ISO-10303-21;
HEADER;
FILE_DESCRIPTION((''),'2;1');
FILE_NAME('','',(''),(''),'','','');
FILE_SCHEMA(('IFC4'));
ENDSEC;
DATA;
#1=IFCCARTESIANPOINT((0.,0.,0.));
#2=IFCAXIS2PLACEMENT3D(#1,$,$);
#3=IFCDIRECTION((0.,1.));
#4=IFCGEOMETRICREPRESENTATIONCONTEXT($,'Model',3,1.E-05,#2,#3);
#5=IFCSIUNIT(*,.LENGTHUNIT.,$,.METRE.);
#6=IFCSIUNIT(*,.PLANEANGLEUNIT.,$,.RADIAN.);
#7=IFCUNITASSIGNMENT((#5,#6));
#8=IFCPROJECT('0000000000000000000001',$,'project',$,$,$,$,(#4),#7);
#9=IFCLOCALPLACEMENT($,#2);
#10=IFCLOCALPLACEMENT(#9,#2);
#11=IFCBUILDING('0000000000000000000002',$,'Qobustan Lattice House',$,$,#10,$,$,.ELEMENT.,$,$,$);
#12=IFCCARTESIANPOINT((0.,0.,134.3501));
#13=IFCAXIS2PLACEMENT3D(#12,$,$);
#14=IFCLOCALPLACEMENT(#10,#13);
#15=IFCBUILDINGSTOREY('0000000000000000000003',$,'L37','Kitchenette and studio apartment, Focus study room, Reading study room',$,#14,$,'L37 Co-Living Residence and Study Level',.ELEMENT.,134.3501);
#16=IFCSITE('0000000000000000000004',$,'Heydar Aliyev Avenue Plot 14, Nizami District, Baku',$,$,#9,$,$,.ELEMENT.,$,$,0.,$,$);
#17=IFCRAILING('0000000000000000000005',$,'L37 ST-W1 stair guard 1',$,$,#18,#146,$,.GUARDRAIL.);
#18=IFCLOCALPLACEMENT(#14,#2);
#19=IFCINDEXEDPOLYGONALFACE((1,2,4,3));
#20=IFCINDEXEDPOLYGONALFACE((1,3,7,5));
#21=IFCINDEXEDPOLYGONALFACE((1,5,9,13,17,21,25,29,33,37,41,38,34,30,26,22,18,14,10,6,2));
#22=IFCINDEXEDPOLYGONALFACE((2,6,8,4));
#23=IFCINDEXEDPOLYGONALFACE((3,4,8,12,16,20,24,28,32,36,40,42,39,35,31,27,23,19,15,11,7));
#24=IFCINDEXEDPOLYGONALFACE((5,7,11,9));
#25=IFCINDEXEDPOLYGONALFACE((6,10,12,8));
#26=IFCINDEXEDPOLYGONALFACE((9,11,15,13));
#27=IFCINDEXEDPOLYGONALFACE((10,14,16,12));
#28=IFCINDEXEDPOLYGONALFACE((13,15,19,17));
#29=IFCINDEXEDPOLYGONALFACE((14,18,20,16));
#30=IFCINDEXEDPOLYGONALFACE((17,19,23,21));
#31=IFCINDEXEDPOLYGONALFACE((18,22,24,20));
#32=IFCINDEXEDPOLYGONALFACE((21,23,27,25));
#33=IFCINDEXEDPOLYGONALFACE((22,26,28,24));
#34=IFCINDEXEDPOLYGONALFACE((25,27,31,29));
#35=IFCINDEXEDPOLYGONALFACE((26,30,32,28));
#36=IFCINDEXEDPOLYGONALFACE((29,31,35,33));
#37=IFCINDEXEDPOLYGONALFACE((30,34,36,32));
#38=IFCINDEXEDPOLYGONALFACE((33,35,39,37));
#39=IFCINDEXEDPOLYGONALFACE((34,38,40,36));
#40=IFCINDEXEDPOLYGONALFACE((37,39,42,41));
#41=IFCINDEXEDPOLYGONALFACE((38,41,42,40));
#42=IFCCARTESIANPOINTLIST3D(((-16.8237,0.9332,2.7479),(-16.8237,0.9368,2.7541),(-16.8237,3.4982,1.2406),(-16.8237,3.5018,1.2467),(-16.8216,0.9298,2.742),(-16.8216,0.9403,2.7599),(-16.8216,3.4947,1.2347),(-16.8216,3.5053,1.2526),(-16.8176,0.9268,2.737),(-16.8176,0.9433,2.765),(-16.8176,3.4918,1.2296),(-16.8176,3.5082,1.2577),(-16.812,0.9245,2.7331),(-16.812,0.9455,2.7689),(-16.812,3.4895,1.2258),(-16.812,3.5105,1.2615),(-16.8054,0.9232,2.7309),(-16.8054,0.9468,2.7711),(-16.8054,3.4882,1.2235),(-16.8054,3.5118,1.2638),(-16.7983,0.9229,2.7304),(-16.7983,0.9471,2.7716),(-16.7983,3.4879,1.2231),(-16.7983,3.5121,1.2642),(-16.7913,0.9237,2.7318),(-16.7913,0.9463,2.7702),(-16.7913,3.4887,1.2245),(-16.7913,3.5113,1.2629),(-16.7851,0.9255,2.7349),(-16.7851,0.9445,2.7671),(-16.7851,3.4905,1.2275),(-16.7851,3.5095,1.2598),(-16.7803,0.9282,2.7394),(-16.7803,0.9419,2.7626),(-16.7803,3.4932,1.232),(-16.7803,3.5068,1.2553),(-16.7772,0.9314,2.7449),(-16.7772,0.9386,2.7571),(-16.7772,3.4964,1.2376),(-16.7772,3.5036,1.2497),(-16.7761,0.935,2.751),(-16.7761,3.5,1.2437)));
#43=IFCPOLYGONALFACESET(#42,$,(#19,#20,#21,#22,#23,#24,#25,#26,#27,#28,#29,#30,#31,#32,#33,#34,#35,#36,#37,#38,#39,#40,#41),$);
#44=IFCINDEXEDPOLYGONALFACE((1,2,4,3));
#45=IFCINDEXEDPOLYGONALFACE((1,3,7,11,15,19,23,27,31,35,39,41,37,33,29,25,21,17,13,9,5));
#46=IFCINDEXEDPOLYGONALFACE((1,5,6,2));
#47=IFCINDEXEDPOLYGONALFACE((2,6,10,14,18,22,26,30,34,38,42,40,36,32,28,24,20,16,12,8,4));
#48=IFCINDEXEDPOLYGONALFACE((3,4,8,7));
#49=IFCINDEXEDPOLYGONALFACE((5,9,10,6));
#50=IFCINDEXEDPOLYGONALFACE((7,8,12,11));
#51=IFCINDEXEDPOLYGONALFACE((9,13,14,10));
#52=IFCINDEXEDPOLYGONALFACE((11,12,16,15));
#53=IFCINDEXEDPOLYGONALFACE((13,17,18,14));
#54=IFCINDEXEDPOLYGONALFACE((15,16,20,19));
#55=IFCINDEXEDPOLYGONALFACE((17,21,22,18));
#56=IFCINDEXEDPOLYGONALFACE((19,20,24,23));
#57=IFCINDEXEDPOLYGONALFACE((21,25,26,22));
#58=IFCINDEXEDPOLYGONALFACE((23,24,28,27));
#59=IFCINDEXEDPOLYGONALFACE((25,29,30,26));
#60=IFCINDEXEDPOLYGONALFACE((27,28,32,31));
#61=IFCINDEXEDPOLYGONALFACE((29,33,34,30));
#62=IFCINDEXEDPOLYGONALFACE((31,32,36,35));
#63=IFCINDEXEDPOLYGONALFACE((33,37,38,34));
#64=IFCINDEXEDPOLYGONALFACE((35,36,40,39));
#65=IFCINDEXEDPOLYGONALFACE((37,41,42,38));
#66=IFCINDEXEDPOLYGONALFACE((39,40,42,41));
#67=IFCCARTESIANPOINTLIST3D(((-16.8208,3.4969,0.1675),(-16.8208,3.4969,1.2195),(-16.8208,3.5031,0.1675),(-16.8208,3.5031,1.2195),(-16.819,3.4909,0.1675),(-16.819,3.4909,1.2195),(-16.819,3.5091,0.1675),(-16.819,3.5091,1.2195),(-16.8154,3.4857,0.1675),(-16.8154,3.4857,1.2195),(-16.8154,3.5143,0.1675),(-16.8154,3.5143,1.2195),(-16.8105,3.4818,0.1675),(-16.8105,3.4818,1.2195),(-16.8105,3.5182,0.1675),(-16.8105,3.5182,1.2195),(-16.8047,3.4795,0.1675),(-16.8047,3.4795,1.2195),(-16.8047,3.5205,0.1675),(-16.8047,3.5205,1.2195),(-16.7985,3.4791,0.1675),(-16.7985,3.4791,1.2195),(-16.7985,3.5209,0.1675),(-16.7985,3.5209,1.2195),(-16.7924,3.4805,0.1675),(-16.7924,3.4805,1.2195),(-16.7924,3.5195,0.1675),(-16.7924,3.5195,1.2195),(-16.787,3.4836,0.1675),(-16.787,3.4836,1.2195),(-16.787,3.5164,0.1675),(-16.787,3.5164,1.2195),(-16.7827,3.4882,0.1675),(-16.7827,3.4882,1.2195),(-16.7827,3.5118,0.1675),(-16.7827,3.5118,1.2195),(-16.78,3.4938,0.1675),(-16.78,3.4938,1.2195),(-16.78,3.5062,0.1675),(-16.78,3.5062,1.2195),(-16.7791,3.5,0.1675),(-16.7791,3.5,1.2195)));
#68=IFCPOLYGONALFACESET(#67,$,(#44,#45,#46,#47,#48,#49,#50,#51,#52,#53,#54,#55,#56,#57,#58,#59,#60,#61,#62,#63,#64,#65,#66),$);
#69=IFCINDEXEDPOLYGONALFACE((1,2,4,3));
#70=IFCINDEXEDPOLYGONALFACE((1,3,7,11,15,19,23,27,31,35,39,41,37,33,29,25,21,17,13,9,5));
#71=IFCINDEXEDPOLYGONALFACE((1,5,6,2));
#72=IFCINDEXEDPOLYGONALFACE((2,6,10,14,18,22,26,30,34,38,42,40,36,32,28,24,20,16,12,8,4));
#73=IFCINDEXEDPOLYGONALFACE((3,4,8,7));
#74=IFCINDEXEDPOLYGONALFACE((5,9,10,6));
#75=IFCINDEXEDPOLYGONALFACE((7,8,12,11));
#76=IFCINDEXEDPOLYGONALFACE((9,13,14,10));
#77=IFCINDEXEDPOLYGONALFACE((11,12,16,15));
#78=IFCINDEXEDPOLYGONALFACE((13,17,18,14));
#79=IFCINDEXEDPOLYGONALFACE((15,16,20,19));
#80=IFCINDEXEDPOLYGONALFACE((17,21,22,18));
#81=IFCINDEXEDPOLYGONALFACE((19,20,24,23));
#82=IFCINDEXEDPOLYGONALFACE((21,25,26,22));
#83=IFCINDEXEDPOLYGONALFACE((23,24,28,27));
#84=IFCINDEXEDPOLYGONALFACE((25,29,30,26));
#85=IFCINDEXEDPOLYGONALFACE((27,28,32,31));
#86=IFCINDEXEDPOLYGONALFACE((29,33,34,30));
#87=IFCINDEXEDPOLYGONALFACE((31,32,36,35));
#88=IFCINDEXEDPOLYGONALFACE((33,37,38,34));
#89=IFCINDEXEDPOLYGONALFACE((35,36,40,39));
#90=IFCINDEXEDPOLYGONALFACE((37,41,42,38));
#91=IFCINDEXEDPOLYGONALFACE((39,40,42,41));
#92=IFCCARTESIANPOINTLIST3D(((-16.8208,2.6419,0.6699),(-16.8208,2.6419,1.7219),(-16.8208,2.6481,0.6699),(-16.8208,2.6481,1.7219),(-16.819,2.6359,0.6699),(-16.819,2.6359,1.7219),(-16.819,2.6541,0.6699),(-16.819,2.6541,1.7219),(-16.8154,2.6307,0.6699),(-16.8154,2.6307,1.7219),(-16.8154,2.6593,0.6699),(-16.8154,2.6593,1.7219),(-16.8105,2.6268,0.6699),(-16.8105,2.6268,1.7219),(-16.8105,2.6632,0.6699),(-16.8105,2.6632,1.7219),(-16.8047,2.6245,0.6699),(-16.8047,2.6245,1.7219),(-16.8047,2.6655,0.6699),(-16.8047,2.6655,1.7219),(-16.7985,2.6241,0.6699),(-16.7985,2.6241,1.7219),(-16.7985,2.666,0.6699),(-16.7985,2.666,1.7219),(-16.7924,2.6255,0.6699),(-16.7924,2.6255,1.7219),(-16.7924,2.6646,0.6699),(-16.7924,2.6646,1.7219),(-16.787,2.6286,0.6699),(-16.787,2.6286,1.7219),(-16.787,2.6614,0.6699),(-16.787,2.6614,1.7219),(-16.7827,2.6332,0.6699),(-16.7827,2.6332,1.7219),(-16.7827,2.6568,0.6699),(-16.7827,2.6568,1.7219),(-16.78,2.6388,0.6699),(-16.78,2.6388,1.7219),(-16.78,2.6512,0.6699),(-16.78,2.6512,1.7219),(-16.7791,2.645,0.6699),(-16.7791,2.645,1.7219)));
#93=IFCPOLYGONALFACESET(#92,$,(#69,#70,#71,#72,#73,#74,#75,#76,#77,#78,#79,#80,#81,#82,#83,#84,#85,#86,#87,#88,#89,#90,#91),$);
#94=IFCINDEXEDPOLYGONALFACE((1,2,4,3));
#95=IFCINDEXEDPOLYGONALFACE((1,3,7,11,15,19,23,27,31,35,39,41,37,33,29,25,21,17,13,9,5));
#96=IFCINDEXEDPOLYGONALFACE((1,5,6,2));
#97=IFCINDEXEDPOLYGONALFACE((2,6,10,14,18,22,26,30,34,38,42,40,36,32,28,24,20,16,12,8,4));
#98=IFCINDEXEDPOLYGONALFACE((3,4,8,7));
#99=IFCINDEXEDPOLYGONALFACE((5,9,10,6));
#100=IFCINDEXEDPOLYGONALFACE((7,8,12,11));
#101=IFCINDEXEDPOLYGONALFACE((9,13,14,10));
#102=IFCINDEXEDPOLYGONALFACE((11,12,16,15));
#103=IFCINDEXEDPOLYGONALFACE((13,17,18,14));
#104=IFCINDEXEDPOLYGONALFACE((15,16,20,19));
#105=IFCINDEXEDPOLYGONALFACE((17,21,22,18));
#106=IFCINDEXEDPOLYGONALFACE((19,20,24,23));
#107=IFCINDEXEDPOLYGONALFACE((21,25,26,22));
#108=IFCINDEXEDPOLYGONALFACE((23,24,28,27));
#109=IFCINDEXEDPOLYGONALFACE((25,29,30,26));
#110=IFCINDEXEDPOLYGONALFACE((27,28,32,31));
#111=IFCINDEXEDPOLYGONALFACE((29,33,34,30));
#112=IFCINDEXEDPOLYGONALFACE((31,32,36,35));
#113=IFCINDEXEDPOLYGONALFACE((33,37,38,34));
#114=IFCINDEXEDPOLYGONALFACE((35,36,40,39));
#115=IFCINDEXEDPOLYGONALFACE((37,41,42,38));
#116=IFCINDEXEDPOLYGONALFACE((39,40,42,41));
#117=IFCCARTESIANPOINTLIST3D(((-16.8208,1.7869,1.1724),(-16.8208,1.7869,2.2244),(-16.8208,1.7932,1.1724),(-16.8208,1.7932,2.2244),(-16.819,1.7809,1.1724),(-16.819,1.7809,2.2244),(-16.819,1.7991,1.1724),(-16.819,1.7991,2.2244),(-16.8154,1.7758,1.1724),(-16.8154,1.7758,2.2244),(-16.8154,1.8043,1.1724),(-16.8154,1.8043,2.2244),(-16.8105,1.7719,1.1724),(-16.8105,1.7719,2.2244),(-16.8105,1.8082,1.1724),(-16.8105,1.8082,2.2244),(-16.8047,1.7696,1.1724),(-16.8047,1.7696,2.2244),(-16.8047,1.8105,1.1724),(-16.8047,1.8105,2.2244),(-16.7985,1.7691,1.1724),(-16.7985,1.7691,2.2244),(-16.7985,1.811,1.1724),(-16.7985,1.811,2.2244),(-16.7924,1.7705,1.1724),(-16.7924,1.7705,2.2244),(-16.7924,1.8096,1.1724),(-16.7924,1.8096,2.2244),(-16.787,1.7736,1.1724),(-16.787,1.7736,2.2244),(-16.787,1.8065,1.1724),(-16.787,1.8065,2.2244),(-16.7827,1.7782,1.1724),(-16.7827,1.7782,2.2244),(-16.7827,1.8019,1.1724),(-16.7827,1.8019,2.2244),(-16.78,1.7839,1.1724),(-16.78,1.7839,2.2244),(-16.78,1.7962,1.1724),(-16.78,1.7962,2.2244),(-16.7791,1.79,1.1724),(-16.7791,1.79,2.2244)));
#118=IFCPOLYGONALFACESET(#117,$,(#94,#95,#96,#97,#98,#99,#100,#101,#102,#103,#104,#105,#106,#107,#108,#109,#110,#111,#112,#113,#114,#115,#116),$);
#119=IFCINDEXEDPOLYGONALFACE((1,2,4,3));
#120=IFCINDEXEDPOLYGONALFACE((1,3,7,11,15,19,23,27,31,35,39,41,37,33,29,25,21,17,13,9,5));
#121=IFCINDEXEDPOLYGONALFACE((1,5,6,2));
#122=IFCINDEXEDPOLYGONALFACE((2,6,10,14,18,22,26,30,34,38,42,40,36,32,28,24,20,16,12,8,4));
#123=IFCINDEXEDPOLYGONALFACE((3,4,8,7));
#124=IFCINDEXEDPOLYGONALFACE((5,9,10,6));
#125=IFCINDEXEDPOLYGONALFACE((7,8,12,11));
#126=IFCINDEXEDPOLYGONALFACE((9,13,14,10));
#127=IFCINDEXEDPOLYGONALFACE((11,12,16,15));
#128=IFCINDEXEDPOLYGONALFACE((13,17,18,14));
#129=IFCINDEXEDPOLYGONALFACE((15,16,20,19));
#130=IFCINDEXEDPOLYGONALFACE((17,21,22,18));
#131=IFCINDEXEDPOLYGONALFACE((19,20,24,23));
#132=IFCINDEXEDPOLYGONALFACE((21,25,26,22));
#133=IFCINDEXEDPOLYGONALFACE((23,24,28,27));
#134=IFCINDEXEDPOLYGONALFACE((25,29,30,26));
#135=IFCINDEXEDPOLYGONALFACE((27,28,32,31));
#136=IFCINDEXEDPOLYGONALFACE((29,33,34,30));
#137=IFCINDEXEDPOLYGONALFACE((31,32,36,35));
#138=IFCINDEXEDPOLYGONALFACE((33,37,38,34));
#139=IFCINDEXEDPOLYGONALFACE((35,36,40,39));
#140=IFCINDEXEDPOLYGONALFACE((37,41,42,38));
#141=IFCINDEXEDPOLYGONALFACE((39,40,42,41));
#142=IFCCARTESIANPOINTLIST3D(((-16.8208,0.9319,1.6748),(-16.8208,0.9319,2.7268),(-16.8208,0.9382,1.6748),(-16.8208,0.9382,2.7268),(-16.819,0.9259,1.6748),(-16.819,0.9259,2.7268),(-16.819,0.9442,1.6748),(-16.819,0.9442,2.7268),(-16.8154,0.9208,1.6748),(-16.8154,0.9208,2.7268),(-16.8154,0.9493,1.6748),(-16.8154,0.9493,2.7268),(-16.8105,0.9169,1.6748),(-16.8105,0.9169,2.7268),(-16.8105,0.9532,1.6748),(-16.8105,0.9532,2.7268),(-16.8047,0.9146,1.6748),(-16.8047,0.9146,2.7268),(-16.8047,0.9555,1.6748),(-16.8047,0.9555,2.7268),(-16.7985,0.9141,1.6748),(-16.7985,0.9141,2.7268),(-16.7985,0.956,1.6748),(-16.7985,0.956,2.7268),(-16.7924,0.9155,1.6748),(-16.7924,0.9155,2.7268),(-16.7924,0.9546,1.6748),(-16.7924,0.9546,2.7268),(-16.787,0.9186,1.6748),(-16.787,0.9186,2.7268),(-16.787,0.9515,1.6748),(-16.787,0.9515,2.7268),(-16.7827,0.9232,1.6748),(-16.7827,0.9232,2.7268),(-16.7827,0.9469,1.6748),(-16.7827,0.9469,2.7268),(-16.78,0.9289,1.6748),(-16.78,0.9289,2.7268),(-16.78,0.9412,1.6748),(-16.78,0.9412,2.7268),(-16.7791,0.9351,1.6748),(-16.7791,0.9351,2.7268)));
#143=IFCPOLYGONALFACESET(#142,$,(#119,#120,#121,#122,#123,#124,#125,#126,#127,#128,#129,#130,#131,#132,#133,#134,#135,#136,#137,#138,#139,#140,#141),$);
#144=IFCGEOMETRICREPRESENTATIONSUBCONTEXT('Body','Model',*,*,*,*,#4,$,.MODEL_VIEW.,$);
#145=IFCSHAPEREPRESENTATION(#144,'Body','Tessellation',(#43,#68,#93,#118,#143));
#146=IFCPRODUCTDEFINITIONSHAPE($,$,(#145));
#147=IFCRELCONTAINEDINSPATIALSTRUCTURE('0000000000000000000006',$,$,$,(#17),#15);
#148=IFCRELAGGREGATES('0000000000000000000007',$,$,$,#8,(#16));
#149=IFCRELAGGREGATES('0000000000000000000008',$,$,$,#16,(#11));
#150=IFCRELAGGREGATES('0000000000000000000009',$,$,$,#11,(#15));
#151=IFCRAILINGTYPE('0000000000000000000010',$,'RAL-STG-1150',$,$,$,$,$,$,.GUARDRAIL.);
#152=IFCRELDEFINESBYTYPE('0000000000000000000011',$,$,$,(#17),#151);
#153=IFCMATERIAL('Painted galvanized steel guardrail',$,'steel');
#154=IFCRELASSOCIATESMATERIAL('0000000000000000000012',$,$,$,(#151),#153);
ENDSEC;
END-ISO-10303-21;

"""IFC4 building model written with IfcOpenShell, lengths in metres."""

from ifc_helpers import new_model, si_unit, direction, frame, origin, origin_2d, place, context, subcontext, project, spatial, circle, extrude, material, type_object, element, save


model = new_model("IFC4")

# Units and contexts
model_context = context("Model", 3, precision=1e-05, world=origin(), true_north=direction((0.0, 1.0)))
body_context = subcontext(model_context, "Body", "Model", "MODEL_VIEW")
ifc_project = project(units=[si_unit("LENGTHUNIT", "METRE"), si_unit("PLANEANGLEUNIT", "RADIAN")], contexts=[model_context])

# Site, building, storey
site_placement = place(None, origin())
site = spatial("IfcSite", under=ifc_project, at=site_placement, Name="Heydar Aliyev Avenue Plot 14, Nizami District, Baku", CompositionType="ELEMENT", RefElevation=0.0)
building_placement = place(site_placement, origin())
building = spatial("IfcBuilding", under=site, at=building_placement, Name="Qobustan Lattice House", CompositionType="ELEMENT")
storey_placement = place(building_placement, frame((0.0, 0.0, 134.3501)))
storey = spatial("IfcBuildingStorey", under=building, at=storey_placement, Name="L37", Description="Kitchenette and studio apartment, Focus study room, Reading study room", LongName="L37 Co-Living Residence and Study Level", CompositionType="ELEMENT", Elevation=134.3501)

# Railing
ifc_material_1 = material(Name="Painted galvanized steel guardrail", Category="steel")
railing_type_1 = type_object("IfcRailingType", Name="RAL-STG-1150", PredefinedType="GUARDRAIL", material=ifc_material_1)
railing_1_placement = place(storey_placement, frame((-16.8, 3.5, 0.1675)))
element("IfcRailing", 1, at=railing_1_placement, inside=storey, type_object=railing_type_1, Name="L37 ST-W1 stair guard 1", PredefinedType="GUARDRAIL", context=body_context, shape_type="SweptSolid", body=[
    extrude(circle(Radius=0.0239, at=origin_2d()), frame((0.0, 0.0, 1.0762), z_axis=(0.0, -0.862149, 0.506654), x_axis=(1.0, 0.0, 0.0)), (0.0, 0.0, 1.0), 2.9751),
    extrude(circle(Radius=0.021, at=origin_2d()), origin(), (0.0, 0.0, 1.0), 1.052),
    extrude(circle(Radius=0.021, at=origin_2d()), frame((0.0, -0.855, 0.5024)), (0.0, 0.0, 1.0), 1.052),
    extrude(circle(Radius=0.021, at=origin_2d()), frame((0.0, -1.71, 1.0049)), (0.0, 0.0, 1.0), 1.052),
    extrude(circle(Radius=0.021, at=origin_2d()), frame((0.0, -2.5649, 1.5073)), (0.0, 0.0, 1.0), 1.052),
])

save(model, "model.ifc")
